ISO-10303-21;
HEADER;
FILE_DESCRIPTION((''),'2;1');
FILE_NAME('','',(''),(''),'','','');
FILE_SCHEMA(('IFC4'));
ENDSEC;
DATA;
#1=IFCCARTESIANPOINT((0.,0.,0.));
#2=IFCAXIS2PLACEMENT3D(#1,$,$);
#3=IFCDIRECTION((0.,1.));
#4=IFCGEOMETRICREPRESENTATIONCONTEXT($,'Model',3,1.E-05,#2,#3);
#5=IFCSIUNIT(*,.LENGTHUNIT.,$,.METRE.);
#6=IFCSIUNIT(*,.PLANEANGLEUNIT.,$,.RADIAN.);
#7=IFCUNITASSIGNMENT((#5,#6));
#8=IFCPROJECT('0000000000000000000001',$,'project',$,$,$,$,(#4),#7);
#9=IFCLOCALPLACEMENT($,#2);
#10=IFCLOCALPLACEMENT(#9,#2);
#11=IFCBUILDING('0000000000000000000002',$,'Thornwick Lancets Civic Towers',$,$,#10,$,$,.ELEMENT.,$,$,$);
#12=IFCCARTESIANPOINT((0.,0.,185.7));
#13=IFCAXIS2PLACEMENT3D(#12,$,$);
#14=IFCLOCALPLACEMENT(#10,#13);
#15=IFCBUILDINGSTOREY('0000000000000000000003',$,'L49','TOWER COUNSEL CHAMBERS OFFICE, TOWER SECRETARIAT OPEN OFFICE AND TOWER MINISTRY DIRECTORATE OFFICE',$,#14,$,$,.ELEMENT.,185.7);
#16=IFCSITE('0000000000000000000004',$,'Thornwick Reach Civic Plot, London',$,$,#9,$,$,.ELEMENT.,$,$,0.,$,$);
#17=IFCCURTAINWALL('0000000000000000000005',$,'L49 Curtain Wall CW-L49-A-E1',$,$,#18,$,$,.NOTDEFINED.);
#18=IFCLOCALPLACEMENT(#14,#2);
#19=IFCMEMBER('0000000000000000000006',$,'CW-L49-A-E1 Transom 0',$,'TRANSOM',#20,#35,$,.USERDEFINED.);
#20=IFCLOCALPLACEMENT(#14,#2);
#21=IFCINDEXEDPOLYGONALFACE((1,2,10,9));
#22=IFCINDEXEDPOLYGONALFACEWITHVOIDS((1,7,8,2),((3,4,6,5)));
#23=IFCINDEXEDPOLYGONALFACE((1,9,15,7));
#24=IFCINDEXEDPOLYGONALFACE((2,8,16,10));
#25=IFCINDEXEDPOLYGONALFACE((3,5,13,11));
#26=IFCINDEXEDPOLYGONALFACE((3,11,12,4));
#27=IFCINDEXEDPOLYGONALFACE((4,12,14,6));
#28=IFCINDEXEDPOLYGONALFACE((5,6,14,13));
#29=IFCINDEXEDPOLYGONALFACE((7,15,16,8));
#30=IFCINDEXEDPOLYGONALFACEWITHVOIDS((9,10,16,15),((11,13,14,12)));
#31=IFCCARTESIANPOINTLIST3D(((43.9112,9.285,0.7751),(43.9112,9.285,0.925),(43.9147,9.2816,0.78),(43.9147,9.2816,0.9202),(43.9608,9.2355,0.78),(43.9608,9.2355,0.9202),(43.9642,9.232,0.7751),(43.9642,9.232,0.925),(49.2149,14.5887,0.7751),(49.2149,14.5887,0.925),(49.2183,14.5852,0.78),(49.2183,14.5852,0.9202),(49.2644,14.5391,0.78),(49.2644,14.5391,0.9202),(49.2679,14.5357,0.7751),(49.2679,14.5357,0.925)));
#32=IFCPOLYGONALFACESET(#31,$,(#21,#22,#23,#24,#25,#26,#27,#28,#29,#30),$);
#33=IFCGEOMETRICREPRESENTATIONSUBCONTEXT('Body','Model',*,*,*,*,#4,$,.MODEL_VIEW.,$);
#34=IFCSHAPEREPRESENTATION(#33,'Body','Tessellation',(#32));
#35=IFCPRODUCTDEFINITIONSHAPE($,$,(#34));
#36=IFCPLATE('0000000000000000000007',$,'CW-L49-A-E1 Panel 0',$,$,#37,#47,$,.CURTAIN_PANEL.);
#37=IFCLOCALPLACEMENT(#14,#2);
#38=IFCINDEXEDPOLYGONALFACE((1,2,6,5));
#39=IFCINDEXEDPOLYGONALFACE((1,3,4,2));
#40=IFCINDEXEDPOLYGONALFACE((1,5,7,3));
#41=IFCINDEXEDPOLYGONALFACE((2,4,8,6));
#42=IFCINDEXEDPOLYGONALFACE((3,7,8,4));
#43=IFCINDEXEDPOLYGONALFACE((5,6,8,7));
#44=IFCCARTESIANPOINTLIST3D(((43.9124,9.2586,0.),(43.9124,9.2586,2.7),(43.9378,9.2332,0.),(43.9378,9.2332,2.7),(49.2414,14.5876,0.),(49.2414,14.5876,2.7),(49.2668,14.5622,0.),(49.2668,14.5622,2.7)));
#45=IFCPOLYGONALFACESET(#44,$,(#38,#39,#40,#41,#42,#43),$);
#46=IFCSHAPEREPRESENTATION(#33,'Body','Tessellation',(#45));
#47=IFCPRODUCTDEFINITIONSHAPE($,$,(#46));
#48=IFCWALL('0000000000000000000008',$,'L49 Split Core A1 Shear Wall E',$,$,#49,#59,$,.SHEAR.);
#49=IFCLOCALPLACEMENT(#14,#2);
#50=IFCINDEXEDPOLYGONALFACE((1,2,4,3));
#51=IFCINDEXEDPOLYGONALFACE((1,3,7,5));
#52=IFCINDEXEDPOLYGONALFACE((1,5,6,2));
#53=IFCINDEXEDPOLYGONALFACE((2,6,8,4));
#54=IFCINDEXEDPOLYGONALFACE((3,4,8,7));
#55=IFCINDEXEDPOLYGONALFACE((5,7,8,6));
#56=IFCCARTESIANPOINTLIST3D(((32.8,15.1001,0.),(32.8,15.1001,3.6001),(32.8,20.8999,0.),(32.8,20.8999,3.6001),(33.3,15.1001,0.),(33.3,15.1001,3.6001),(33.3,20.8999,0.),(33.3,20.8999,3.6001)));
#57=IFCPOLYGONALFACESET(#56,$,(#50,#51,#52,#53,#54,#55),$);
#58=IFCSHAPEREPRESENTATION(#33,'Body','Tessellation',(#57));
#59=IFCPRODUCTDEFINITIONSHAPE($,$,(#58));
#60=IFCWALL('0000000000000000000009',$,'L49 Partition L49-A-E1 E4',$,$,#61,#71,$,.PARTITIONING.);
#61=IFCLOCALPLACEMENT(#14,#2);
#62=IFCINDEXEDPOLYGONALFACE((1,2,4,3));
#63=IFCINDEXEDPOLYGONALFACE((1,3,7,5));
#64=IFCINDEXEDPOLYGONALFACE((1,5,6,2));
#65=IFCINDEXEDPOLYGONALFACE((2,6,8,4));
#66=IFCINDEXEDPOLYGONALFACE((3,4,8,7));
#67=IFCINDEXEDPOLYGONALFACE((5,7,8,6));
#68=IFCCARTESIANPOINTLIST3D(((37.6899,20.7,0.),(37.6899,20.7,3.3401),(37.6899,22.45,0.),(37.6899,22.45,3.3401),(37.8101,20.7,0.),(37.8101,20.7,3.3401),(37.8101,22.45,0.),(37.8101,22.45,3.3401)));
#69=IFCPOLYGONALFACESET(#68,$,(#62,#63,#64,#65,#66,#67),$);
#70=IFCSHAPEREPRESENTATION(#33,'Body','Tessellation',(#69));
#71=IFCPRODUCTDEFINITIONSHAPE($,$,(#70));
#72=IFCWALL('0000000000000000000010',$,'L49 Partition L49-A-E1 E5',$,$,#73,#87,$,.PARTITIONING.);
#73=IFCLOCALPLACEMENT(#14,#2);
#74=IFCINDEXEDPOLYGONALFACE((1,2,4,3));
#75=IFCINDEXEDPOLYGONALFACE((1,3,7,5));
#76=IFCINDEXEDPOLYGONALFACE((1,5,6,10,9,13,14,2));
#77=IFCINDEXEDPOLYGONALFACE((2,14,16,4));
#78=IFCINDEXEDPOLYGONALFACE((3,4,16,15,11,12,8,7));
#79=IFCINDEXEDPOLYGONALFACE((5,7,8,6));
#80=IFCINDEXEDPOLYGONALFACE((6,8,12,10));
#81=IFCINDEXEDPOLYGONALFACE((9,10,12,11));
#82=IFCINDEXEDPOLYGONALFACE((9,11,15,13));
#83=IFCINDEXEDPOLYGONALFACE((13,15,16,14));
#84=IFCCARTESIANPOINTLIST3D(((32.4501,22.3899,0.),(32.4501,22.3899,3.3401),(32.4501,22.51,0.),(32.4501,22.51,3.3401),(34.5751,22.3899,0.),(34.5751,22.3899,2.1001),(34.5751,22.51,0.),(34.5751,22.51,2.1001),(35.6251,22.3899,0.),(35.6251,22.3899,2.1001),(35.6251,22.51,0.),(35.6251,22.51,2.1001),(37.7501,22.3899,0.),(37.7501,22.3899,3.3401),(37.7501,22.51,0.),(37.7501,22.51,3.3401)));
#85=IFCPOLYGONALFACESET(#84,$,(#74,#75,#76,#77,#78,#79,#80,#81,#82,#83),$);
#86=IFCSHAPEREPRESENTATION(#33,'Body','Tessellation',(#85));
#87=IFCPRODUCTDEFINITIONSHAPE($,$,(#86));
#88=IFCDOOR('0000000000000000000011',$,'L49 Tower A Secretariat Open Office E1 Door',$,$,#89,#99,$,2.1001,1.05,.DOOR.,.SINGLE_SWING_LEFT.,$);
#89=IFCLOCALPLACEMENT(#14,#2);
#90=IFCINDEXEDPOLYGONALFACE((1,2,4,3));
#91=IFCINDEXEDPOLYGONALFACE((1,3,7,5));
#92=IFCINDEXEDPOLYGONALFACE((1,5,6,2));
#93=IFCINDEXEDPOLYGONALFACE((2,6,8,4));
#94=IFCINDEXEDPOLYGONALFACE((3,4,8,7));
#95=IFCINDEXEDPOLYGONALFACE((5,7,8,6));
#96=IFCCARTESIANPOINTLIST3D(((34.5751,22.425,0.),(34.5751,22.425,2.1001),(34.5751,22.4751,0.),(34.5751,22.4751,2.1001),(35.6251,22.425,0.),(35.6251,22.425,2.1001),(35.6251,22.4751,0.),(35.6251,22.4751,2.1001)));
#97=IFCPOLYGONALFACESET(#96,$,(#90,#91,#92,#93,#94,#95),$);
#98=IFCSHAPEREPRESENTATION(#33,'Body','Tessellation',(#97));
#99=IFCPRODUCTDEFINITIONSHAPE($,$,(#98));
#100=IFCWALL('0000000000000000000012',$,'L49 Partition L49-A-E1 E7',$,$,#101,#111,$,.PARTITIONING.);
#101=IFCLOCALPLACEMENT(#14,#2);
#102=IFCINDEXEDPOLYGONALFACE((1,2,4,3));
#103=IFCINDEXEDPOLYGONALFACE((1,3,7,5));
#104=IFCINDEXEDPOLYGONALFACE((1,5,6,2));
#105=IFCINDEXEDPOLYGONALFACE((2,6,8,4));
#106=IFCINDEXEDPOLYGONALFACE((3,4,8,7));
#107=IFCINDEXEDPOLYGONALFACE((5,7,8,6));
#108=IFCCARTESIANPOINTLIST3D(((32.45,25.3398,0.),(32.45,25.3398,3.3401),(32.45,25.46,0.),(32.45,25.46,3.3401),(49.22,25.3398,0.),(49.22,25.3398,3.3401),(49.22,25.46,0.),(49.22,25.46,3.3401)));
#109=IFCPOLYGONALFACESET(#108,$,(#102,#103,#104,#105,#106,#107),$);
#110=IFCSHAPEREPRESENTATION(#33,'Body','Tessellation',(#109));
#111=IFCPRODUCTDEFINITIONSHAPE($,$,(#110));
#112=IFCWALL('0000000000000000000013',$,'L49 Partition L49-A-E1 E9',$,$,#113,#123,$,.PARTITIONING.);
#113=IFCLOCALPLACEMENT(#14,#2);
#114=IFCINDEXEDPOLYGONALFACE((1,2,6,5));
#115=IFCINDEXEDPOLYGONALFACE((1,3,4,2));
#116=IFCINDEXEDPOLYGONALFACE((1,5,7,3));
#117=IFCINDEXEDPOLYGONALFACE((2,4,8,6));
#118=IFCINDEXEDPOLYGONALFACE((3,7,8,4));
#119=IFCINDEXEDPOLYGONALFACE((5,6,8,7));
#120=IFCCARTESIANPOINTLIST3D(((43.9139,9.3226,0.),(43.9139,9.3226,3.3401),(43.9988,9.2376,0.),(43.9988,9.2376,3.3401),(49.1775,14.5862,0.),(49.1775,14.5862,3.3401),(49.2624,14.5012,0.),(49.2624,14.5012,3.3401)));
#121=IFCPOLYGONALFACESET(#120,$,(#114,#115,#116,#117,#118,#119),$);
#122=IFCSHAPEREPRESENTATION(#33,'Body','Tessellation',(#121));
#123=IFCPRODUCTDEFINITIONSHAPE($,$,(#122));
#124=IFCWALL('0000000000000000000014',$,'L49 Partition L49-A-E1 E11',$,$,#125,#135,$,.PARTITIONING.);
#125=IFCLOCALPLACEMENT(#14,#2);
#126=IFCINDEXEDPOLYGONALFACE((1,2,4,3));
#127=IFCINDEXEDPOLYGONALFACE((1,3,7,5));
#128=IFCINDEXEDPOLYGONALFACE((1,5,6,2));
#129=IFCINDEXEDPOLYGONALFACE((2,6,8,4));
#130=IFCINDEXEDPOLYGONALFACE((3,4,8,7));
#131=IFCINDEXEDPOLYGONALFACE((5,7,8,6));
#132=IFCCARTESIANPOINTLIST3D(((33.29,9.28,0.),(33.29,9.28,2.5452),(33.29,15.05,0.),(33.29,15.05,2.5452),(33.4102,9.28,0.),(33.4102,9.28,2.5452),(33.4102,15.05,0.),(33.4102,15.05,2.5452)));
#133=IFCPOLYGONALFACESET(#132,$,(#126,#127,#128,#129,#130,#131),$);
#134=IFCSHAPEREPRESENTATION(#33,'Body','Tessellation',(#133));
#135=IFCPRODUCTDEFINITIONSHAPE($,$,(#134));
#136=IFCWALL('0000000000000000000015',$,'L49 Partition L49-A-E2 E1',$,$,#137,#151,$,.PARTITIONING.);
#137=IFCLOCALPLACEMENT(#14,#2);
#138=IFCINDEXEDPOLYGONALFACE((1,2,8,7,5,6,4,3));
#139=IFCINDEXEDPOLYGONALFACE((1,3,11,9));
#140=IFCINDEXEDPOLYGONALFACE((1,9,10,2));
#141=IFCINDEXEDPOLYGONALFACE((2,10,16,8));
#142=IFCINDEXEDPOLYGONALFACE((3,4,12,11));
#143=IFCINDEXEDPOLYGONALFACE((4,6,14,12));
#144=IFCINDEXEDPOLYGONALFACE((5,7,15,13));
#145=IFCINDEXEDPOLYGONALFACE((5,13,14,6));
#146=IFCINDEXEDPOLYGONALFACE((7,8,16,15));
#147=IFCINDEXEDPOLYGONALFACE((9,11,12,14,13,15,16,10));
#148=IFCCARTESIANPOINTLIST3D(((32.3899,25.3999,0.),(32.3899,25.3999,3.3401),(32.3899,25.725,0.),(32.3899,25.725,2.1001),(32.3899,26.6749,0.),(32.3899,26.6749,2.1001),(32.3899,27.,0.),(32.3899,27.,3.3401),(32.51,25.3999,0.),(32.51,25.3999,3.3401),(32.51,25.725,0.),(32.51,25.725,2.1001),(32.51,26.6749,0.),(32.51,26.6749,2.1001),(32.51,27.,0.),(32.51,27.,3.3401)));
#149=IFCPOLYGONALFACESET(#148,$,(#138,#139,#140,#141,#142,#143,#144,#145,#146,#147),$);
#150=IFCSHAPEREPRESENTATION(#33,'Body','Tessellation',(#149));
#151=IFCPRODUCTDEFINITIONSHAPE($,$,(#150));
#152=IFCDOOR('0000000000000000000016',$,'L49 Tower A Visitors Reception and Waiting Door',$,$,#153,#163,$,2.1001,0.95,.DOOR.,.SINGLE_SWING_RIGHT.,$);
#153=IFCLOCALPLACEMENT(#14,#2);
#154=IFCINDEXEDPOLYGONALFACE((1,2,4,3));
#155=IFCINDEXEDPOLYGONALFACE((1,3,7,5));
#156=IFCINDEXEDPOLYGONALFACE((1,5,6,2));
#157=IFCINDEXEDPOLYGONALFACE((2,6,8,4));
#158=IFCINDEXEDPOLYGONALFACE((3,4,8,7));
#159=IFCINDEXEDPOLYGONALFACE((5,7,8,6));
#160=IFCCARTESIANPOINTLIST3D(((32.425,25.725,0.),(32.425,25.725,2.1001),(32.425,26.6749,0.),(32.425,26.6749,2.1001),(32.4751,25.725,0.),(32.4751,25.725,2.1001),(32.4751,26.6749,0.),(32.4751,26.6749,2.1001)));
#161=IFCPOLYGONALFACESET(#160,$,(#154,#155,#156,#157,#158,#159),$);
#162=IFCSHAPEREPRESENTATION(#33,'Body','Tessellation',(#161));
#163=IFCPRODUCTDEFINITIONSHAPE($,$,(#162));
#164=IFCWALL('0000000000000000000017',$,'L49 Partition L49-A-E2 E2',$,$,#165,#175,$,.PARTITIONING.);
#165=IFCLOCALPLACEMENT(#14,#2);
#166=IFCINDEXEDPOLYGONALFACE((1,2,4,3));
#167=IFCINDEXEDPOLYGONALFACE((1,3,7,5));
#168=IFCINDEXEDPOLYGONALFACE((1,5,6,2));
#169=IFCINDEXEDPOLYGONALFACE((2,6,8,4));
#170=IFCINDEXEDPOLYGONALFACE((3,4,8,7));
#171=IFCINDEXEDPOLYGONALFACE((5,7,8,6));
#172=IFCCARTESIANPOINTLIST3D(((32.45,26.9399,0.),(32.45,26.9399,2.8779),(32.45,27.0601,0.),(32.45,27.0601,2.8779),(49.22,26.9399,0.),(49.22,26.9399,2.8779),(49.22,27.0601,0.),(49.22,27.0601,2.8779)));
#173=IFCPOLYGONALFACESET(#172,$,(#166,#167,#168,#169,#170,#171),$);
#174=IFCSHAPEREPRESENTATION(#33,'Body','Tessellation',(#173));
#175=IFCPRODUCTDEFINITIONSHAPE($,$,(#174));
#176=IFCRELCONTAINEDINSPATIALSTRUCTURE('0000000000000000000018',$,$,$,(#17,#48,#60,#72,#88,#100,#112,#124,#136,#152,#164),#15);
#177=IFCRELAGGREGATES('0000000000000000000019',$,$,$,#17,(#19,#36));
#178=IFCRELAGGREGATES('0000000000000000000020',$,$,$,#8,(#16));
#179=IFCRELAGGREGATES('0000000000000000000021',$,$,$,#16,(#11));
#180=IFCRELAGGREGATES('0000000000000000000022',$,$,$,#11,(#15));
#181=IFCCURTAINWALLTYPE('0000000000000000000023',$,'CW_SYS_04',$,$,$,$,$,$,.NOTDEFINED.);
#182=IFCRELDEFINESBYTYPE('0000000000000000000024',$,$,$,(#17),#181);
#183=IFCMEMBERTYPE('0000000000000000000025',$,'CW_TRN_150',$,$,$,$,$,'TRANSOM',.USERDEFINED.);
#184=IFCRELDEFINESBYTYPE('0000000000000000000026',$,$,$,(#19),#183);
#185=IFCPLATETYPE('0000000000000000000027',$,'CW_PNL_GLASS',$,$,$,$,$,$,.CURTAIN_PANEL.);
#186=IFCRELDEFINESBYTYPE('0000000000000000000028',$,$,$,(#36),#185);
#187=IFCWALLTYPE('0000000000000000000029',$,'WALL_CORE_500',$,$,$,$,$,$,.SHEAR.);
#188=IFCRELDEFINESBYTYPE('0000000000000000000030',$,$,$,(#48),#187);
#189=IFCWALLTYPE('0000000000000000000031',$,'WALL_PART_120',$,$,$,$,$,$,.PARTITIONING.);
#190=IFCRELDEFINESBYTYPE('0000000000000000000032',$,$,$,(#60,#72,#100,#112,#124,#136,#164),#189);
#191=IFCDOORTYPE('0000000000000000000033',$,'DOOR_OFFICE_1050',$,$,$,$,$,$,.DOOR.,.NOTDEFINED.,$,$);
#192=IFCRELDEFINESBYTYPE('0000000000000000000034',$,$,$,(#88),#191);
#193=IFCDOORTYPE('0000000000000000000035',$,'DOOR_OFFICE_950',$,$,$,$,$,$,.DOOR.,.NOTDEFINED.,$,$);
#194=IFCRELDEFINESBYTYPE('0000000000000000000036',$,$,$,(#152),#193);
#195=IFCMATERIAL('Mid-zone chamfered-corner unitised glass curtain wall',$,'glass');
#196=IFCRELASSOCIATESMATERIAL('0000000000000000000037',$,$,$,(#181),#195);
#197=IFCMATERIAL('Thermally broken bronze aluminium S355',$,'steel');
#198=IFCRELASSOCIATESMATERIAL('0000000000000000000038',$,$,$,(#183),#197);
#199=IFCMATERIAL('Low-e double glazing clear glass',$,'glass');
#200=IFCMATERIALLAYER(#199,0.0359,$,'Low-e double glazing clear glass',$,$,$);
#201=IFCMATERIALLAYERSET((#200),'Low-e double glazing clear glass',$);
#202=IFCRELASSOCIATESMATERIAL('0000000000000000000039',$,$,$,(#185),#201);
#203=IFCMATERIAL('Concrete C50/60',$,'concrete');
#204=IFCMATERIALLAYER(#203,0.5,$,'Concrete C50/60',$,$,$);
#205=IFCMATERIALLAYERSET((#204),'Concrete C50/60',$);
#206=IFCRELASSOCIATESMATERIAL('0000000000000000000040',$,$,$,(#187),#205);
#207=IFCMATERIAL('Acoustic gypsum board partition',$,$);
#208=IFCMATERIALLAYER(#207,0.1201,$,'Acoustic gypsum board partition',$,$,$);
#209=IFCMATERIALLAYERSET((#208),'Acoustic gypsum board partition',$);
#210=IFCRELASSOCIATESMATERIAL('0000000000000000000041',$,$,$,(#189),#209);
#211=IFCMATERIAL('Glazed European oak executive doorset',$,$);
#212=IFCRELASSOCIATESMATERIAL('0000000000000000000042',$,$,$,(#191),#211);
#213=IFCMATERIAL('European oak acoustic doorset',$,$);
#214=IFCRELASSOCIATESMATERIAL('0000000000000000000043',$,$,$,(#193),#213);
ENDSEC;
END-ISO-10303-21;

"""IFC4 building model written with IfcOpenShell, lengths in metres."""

from ifc_helpers import new_model, si_unit, direction, frame, frame_2d, origin, origin_2d, place, context, subcontext, project, spatial, rectangle, hollow_rectangle, extrude, material, layer, layer_set, material_profile, profile_set, type_object, element, fill, aggregate, save


model = new_model("IFC4")

# Units and contexts
model_context = context("Model", 3, precision=1e-05, world=origin(), true_north=direction((0.0, 1.0)))
body_context = subcontext(model_context, "Body", "Model", "MODEL_VIEW")
ifc_project = project(units=[si_unit("LENGTHUNIT", "METRE"), si_unit("PLANEANGLEUNIT", "RADIAN")], contexts=[model_context])

# Site, building, storey
site_placement = place(None, origin())
site = spatial("IfcSite", under=ifc_project, at=site_placement, Name="Thornwick Reach Civic Plot, London", CompositionType="ELEMENT", RefElevation=0.0)
building_placement = place(site_placement, origin())
building = spatial("IfcBuilding", under=site, at=building_placement, Name="Thornwick Lancets Civic Towers", CompositionType="ELEMENT")
storey_placement = place(building_placement, frame((0.0, 0.0, 185.7)))
storey = spatial("IfcBuildingStorey", under=building, at=storey_placement, Name="L49", Description="TOWER COUNSEL CHAMBERS OFFICE, TOWER SECRETARIAT OPEN OFFICE AND TOWER MINISTRY DIRECTORATE OFFICE", CompositionType="ELEMENT", Elevation=185.7)

# Shared definitions
ifc_material_1 = material(Name="Concrete C50/60", Category="concrete")

# Curtain wall, member, plate
ifc_material_2 = material(Name="Mid-zone chamfered-corner unitised glass curtain wall", Category="glass")
curtain_wall_type = type_object("IfcCurtainWallType", Name="CW_SYS_04", PredefinedType="NOTDEFINED", material=ifc_material_2)
curtain_wall_placement = place(storey_placement, origin())
curtain_wall = element("IfcCurtainWall", 1, at=curtain_wall_placement, inside=storey, type_object=curtain_wall_type, Name="L49 Curtain Wall CW-L49-A-E1", PredefinedType="NOTDEFINED")
ifc_material_3 = material(Name="Thermally broken bronze aluminium S355", Category="steel")
ifc_material_profile_1 = material_profile(ifc_material_3, hollow_rectangle(XDim=0.075, YDim=0.1499, WallThickness=0.0049, at=origin_2d()), Name="RHS 150x75x5")
ifc_profile_set_1 = profile_set([ifc_material_profile_1], Name="Thermally broken bronze aluminium S355")
member_type_1 = type_object("IfcMemberType", Name="CW_TRN_150", ElementType="TRANSOM", PredefinedType="USERDEFINED", material=ifc_profile_set_1)
member_1_placement = place(storey_placement, frame((43.9377, 9.2585, 0.8501), z_axis=(0.707107, 0.707107, 0.0), x_axis=(-0.707107, 0.707107, 0.0)))
member_1 = element("IfcMember", 2, at=member_1_placement, type_object=member_type_1, Name="CW-L49-A-E1 Transom 0", ObjectType="TRANSOM", PredefinedType="USERDEFINED", context=body_context, shape_type="SweptSolid", body=[
    extrude(hollow_rectangle(XDim=0.075, YDim=0.1499, WallThickness=0.0049, at=origin_2d()), origin(), (0.0, 0.0, 1.0), 7.5005),
])
ifc_material_4 = material(Name="Low-e double glazing clear glass", Category="glass")
ifc_layer_1 = layer(ifc_material_4, 0.0359, Name="Low-e double glazing clear glass")
ifc_layer_set_1 = layer_set([ifc_layer_1], Name="Low-e double glazing clear glass")
plate_type = type_object("IfcPlateType", Name="CW_PNL_GLASS", PredefinedType="CURTAIN_PANEL", material=ifc_layer_set_1)
plate_placement = place(storey_placement, frame((46.5896, 11.9104, 0.0), z_axis=(0.0, 0.0, 1.0), x_axis=(0.707107, 0.707107, 0.0)))
plate = element("IfcPlate", 3, at=plate_placement, type_object=plate_type, Name="CW-L49-A-E1 Panel 0", PredefinedType="CURTAIN_PANEL", context=body_context, shape_type="SweptSolid", body=[
    extrude(rectangle(XDim=7.5364, YDim=0.0359, at=origin_2d()), origin(), (0.0, 0.0, 1.0), 2.7),
])
aggregate(curtain_wall, [member_1, plate])

# Walls
ifc_layer_2 = layer(ifc_material_1, 0.5, Name="Concrete C50/60")
ifc_layer_set_2 = layer_set([ifc_layer_2], Name="Concrete C50/60")
wall_type_1 = type_object("IfcWallType", Name="WALL_CORE_500", PredefinedType="SHEAR", material=ifc_layer_set_2)
wall_1_placement = place(storey_placement, frame((33.05, 15.1001, 0.0), z_axis=(0.0, 0.0, 1.0), x_axis=(0.0, 1.0, 0.0)))
element("IfcWall", 4, at=wall_1_placement, inside=storey, type_object=wall_type_1, Name="L49 Split Core A1 Shear Wall E", PredefinedType="SHEAR", context=body_context, shape_type="SweptSolid", body=[
    extrude(rectangle(XDim=5.7998, YDim=0.5, at=frame_2d((2.8999, 0.0))), origin(), (0.0, 0.0, 1.0), 3.6001),
])
ifc_material_5 = material(Name="Acoustic gypsum board partition")
ifc_layer_3 = layer(ifc_material_5, 0.1201, Name="Acoustic gypsum board partition")
ifc_layer_set_3 = layer_set([ifc_layer_3], Name="Acoustic gypsum board partition")
wall_type_2 = type_object("IfcWallType", Name="WALL_PART_120", PredefinedType="PARTITIONING", material=ifc_layer_set_3)
wall_2_placement = place(storey_placement, frame((37.75, 20.7, 0.0), z_axis=(0.0, 0.0, 1.0), x_axis=(0.0, 1.0, 0.0)))
element("IfcWall", 5, at=wall_2_placement, inside=storey, type_object=wall_type_2, Name="L49 Partition L49-A-E1 E4", PredefinedType="PARTITIONING", context=body_context, shape_type="SweptSolid", body=[
    extrude(rectangle(XDim=1.75, YDim=0.1201, at=frame_2d((0.875, 0.0))), origin(), (0.0, 0.0, 1.0), 3.3401),
])

# Wall, opening, door
wall_3_placement = place(storey_placement, frame((37.75, 22.45, 0.0), z_axis=(0.0, 0.0, 1.0), x_axis=(-1.0, 0.0, 0.0)))
wall_3 = element("IfcWall", 6, at=wall_3_placement, inside=storey, type_object=wall_type_2, Name="L49 Partition L49-A-E1 E5", PredefinedType="PARTITIONING", context=body_context, shape_type="SweptSolid", body=[
    extrude(rectangle(XDim=5.3, YDim=0.1201, at=frame_2d((2.6499, 0.0))), origin(), (0.0, 0.0, 1.0), 3.3401),
])
opening_1_placement = place(wall_3_placement, frame((2.125, 0.0, 0.0)))
opening_1 = element("IfcOpeningElement", 7, at=opening_1_placement, cuts=wall_3, PredefinedType="OPENING", context=body_context, shape_type="SweptSolid", body=[
    extrude(rectangle(XDim=1.05, YDim=2.1001, at=frame_2d((0.5249, 1.05))), frame((0.0, 0.0701, 0.0), z_axis=(0.0, -1.0, 0.0), x_axis=(1.0, 0.0, 0.0)), (0.0, 0.0, 1.0), 0.1401),
])
ifc_material_6 = material(Name="Glazed European oak executive doorset")
door_type_1 = type_object("IfcDoorType", Name="DOOR_OFFICE_1050", OperationType="NOTDEFINED", PredefinedType="DOOR", material=ifc_material_6)
door_1_placement = place(opening_1_placement, origin())
door_1 = element("IfcDoor", 8, at=door_1_placement, inside=storey, type_object=door_type_1, Name="L49 Tower A Secretariat Open Office E1 Door", OperationType="SINGLE_SWING_LEFT", OverallHeight=2.1001, OverallWidth=1.05, PredefinedType="DOOR", context=body_context, shape_type="SweptSolid", body=[
    extrude(rectangle(XDim=1.05, YDim=2.1001, at=frame_2d((0.5249, 1.05))), frame((0.0, 0.0249, 0.0), z_axis=(0.0, -1.0, 0.0), x_axis=(1.0, 0.0, 0.0)), (0.0, 0.0, 1.0), 0.05),
])
fill(opening_1, door_1)

# Walls
wall_4_placement = place(storey_placement, frame((32.45, 25.3999, 0.0), z_axis=(0.0, 0.0, 1.0), x_axis=(1.0, 0.0, 0.0)))
element("IfcWall", 9, at=wall_4_placement, inside=storey, type_object=wall_type_2, Name="L49 Partition L49-A-E1 E7", PredefinedType="PARTITIONING", context=body_context, shape_type="SweptSolid", body=[
    extrude(rectangle(XDim=16.77, YDim=0.1201, at=frame_2d((8.385, 0.0))), origin(), (0.0, 0.0, 1.0), 3.3401),
])
wall_5_placement = place(storey_placement, frame((49.22, 14.5437, 0.0), z_axis=(0.0, 0.0, 1.0), x_axis=(-0.707107, -0.707107, 0.0)))
element("IfcWall", 10, at=wall_5_placement, inside=storey, type_object=wall_type_2, Name="L49 Partition L49-A-E1 E9", PredefinedType="PARTITIONING", context=body_context, shape_type="SweptSolid", body=[
    extrude(rectangle(XDim=7.4438, YDim=0.1201, at=frame_2d((3.7219, 0.0))), origin(), (0.0, 0.0, 1.0), 3.3401),
])
wall_6_placement = place(storey_placement, frame((33.3501, 9.28, 0.0), z_axis=(0.0, 0.0, 1.0), x_axis=(0.0, 1.0, 0.0)))
element("IfcWall", 11, at=wall_6_placement, inside=storey, type_object=wall_type_2, Name="L49 Partition L49-A-E1 E11", PredefinedType="PARTITIONING", context=body_context, shape_type="SweptSolid", body=[
    extrude(rectangle(XDim=5.77, YDim=0.1201, at=frame_2d((2.885, 0.0))), origin(), (0.0, 0.0, 1.0), 2.5452),
])

# Wall, opening, door
wall_7_placement = place(storey_placement, frame((32.45, 25.3999, 0.0), z_axis=(0.0, 0.0, 1.0), x_axis=(0.0, 1.0, 0.0)))
wall_7 = element("IfcWall", 12, at=wall_7_placement, inside=storey, type_object=wall_type_2, Name="L49 Partition L49-A-E2 E1", PredefinedType="PARTITIONING", context=body_context, shape_type="SweptSolid", body=[
    extrude(rectangle(XDim=1.6001, YDim=0.1201, at=frame_2d((0.8, 0.0))), origin(), (0.0, 0.0, 1.0), 3.3401),
])
opening_2_placement = place(wall_7_placement, frame((0.325, 0.0, 0.0)))
opening_2 = element("IfcOpeningElement", 13, at=opening_2_placement, cuts=wall_7, PredefinedType="OPENING", context=body_context, shape_type="SweptSolid", body=[
    extrude(rectangle(XDim=0.95, YDim=2.1001, at=frame_2d((0.4751, 1.05))), frame((0.0, 0.0701, 0.0), z_axis=(0.0, -1.0, 0.0), x_axis=(1.0, 0.0, 0.0)), (0.0, 0.0, 1.0), 0.1401),
])
ifc_material_7 = material(Name="European oak acoustic doorset")
door_type_2 = type_object("IfcDoorType", Name="DOOR_OFFICE_950", OperationType="NOTDEFINED", PredefinedType="DOOR", material=ifc_material_7)
door_2_placement = place(opening_2_placement, origin())
door_2 = element("IfcDoor", 14, at=door_2_placement, inside=storey, type_object=door_type_2, Name="L49 Tower A Visitors Reception and Waiting Door", OperationType="SINGLE_SWING_RIGHT", OverallHeight=2.1001, OverallWidth=0.95, PredefinedType="DOOR", context=body_context, shape_type="SweptSolid", body=[
    extrude(rectangle(XDim=0.95, YDim=2.1001, at=frame_2d((0.4751, 1.05))), frame((0.0, 0.0249, 0.0), z_axis=(0.0, -1.0, 0.0), x_axis=(1.0, 0.0, 0.0)), (0.0, 0.0, 1.0), 0.05),
])
fill(opening_2, door_2)

# Wall
wall_8_placement = place(storey_placement, frame((32.45, 27.0, 0.0), z_axis=(0.0, 0.0, 1.0), x_axis=(1.0, 0.0, 0.0)))
element("IfcWall", 15, at=wall_8_placement, inside=storey, type_object=wall_type_2, Name="L49 Partition L49-A-E2 E2", PredefinedType="PARTITIONING", context=body_context, shape_type="SweptSolid", body=[
    extrude(rectangle(XDim=16.77, YDim=0.1201, at=frame_2d((8.385, 0.0))), origin(), (0.0, 0.0, 1.0), 2.8779),
])

save(model, "model.ifc")
